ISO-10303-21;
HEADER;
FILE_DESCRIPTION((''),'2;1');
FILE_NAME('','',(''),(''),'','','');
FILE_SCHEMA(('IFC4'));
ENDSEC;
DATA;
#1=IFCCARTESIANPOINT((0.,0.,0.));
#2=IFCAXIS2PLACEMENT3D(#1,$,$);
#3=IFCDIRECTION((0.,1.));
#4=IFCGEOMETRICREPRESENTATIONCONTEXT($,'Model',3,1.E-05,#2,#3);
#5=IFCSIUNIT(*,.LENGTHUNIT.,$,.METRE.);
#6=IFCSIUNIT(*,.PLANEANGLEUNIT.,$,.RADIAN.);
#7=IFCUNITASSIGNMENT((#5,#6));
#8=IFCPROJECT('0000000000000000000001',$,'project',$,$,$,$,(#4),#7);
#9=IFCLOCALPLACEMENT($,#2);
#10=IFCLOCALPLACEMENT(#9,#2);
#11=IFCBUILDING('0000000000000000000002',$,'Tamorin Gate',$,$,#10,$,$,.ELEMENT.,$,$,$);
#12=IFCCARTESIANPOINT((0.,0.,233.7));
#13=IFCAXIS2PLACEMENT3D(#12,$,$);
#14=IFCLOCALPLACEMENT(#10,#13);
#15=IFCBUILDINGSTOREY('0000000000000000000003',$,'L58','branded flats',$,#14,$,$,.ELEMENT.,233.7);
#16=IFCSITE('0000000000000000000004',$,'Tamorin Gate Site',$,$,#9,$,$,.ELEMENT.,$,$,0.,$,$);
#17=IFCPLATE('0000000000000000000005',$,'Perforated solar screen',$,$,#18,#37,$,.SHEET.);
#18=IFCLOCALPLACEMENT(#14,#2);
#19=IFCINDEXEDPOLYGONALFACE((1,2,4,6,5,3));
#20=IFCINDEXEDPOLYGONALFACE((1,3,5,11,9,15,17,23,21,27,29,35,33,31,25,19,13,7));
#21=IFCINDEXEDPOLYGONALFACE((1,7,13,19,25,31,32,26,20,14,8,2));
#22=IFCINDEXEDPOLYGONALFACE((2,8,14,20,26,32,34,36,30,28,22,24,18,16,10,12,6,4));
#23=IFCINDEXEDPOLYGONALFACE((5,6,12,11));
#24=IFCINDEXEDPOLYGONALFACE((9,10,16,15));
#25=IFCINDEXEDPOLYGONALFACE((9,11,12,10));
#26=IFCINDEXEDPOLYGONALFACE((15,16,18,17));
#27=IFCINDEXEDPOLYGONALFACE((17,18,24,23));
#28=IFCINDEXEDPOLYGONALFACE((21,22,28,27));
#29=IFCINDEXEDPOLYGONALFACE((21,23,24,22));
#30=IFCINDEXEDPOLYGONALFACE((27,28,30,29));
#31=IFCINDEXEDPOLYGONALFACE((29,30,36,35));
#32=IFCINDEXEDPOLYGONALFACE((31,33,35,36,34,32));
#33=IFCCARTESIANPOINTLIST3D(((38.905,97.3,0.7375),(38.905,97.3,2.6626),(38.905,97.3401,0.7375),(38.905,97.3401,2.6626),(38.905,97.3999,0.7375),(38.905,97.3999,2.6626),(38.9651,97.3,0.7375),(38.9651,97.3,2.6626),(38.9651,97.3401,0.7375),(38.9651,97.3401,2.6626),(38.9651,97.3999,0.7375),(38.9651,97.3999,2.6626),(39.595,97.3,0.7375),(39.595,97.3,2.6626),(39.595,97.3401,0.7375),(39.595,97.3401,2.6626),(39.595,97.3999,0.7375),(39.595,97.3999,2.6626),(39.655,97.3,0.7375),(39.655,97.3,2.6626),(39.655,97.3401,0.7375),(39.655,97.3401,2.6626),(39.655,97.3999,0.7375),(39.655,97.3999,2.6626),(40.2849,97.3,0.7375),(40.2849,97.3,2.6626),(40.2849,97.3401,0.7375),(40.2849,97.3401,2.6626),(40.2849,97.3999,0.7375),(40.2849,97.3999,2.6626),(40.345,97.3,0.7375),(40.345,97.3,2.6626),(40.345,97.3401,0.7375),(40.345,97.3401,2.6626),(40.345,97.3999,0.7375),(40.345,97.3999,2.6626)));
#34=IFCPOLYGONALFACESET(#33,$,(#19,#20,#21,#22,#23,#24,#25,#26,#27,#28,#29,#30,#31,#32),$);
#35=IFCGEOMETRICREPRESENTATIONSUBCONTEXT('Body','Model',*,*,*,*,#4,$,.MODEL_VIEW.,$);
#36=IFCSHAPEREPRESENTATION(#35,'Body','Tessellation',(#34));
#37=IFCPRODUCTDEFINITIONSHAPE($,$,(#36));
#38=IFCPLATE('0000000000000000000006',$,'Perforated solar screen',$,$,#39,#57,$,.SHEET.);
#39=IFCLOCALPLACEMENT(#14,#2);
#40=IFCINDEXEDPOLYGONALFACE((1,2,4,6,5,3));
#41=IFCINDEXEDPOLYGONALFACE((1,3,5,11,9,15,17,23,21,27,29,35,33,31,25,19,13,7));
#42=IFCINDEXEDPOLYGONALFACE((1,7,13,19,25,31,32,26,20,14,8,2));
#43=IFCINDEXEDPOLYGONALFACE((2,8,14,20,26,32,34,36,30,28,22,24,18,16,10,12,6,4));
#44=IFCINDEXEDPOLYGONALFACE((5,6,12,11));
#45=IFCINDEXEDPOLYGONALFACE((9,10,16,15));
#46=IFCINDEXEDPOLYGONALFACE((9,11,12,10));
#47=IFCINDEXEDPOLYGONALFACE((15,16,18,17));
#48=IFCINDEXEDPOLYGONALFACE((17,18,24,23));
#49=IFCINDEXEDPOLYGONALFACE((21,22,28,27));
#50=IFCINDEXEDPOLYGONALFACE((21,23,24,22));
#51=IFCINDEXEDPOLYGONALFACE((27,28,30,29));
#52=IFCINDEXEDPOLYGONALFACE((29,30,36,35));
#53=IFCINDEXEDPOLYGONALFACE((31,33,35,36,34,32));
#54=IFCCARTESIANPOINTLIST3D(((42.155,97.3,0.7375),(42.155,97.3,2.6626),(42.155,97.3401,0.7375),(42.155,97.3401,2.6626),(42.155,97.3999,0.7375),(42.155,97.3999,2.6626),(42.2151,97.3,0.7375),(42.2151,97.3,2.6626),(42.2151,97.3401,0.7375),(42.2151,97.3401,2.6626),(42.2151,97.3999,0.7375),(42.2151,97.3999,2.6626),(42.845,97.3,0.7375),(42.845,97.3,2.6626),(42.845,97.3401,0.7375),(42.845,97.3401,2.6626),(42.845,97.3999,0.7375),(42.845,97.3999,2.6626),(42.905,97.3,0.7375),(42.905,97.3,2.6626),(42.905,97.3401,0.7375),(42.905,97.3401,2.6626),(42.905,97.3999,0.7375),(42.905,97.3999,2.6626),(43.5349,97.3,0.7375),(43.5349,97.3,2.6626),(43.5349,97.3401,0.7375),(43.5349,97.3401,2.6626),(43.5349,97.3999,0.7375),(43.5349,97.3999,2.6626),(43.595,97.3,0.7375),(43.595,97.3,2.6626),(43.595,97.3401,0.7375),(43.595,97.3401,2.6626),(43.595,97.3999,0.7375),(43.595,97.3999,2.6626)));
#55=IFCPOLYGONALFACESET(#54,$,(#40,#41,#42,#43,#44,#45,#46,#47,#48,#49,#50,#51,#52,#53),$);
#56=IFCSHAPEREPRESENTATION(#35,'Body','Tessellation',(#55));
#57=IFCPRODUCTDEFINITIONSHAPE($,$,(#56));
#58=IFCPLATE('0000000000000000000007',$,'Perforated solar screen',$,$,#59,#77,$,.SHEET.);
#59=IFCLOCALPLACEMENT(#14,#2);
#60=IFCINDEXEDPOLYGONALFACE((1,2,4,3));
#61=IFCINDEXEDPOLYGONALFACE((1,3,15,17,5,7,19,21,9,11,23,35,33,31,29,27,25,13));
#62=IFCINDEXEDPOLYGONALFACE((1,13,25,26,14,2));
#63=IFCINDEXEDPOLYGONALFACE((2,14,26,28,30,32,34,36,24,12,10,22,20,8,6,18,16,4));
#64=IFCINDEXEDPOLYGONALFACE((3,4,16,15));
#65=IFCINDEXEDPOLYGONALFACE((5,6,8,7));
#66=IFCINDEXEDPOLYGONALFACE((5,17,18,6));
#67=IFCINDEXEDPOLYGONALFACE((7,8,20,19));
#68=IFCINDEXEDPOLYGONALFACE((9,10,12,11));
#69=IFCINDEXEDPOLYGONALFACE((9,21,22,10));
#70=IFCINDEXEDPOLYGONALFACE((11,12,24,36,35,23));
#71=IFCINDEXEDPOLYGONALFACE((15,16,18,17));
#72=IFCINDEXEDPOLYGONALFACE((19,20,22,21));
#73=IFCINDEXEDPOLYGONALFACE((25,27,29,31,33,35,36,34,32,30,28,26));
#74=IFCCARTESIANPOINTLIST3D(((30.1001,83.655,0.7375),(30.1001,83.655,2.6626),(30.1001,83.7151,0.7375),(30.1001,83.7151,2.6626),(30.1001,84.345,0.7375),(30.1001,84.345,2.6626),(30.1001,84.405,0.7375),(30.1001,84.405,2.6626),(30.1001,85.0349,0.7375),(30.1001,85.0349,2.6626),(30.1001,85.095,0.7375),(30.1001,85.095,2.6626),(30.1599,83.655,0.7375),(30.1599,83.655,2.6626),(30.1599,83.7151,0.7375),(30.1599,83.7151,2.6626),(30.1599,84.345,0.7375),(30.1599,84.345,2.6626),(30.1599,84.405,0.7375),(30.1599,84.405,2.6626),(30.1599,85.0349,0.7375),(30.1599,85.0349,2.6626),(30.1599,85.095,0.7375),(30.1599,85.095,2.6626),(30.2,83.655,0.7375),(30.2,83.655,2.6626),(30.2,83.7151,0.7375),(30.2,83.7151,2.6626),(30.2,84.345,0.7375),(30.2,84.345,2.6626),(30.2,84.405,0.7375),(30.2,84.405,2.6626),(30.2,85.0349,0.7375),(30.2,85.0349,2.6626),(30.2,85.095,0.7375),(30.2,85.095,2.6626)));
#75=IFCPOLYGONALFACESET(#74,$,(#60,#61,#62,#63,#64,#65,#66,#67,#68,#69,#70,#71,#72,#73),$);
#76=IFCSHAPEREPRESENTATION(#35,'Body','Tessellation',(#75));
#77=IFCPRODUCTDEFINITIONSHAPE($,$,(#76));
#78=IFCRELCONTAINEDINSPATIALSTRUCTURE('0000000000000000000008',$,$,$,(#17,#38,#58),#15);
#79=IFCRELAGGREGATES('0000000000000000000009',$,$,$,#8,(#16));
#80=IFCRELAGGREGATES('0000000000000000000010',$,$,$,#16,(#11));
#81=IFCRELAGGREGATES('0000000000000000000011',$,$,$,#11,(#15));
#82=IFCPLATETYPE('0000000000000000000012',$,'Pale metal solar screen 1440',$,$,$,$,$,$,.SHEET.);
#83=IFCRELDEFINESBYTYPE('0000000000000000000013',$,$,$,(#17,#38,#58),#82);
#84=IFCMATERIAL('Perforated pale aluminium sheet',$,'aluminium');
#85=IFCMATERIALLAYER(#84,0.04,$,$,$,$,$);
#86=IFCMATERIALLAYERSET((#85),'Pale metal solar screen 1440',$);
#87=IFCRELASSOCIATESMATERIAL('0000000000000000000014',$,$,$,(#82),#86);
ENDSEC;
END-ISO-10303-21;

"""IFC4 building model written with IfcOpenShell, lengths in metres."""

from ifc_helpers import new_model, si_unit, direction, frame, origin, place, context, subcontext, project, spatial, polyline, outline, extrude, material, layer, layer_set, type_object, element, save


model = new_model("IFC4")

# Units and contexts
model_context = context("Model", 3, precision=1e-05, world=origin(), true_north=direction((0.0, 1.0)))
body_context = subcontext(model_context, "Body", "Model", "MODEL_VIEW")
ifc_project = project(units=[si_unit("LENGTHUNIT", "METRE"), si_unit("PLANEANGLEUNIT", "RADIAN")], contexts=[model_context])

# Site, building, storey
site_placement = place(None, origin())
site = spatial("IfcSite", under=ifc_project, at=site_placement, Name="Tamorin Gate Site", CompositionType="ELEMENT", RefElevation=0.0)
building_placement = place(site_placement, origin())
building = spatial("IfcBuilding", under=site, at=building_placement, Name="Tamorin Gate", CompositionType="ELEMENT")
storey_placement = place(building_placement, frame((0.0, 0.0, 233.7)))
storey = spatial("IfcBuildingStorey", under=building, at=storey_placement, Name="L58", Description="branded flats", CompositionType="ELEMENT", Elevation=233.7)

# Plates
ifc_material_1 = material(Name="Perforated pale aluminium sheet", Category="aluminium")
ifc_layer_1 = layer(ifc_material_1, 0.04)
ifc_layer_set_1 = layer_set([ifc_layer_1], Name="Pale metal solar screen 1440")
plate_type = type_object("IfcPlateType", Name="Pale metal solar screen 1440", PredefinedType="SHEET", material=ifc_layer_set_1)
plate_1_placement = place(storey_placement, frame((0.0, 0.0, 0.7375)))
element("IfcPlate", 1, at=plate_1_placement, inside=storey, type_object=plate_type, Name="Perforated solar screen", PredefinedType="SHEET", context=body_context, shape_type="SweptSolid", body=[
    extrude(outline(polyline([(40.345, 97.3401), (40.345, 97.3), (40.2849, 97.3), (39.655, 97.3), (39.595, 97.3), (38.9651, 97.3), (38.905, 97.3), (38.905, 97.3401), (38.905, 97.3999), (38.9651, 97.3999), (38.9651, 97.3401), (39.595, 97.3401), (39.595, 97.3999), (39.655, 97.3999), (39.655, 97.3401), (40.2849, 97.3401), (40.2849, 97.3999), (40.345, 97.3999), (40.345, 97.3401)])), origin(), (0.0, 0.0, 1.0), 1.925),
])
plate_2_placement = place(storey_placement, frame((0.0, 0.0, 0.7375)))
element("IfcPlate", 2, at=plate_2_placement, inside=storey, type_object=plate_type, Name="Perforated solar screen", PredefinedType="SHEET", context=body_context, shape_type="SweptSolid", body=[
    extrude(outline(polyline([(43.595, 97.3401), (43.595, 97.3), (43.5349, 97.3), (42.905, 97.3), (42.845, 97.3), (42.2151, 97.3), (42.155, 97.3), (42.155, 97.3401), (42.155, 97.3999), (42.2151, 97.3999), (42.2151, 97.3401), (42.845, 97.3401), (42.845, 97.3999), (42.905, 97.3999), (42.905, 97.3401), (43.5349, 97.3401), (43.5349, 97.3999), (43.595, 97.3999), (43.595, 97.3401)])), origin(), (0.0, 0.0, 1.0), 1.925),
])
plate_3_placement = place(storey_placement, frame((0.0, 0.0, 0.7375)))
element("IfcPlate", 3, at=plate_3_placement, inside=storey, type_object=plate_type, Name="Perforated solar screen", PredefinedType="SHEET", context=body_context, shape_type="SweptSolid", body=[
    extrude(outline(polyline([(30.1599, 85.095), (30.2, 85.095), (30.2, 85.0349), (30.2, 84.405), (30.2, 84.345), (30.2, 83.7151), (30.2, 83.655), (30.1599, 83.655), (30.1001, 83.655), (30.1001, 83.7151), (30.1599, 83.7151), (30.1599, 84.345), (30.1001, 84.345), (30.1001, 84.405), (30.1599, 84.405), (30.1599, 85.0349), (30.1001, 85.0349), (30.1001, 85.095), (30.1599, 85.095)])), origin(), (0.0, 0.0, 1.0), 1.925),
])

save(model, "model.ifc")
